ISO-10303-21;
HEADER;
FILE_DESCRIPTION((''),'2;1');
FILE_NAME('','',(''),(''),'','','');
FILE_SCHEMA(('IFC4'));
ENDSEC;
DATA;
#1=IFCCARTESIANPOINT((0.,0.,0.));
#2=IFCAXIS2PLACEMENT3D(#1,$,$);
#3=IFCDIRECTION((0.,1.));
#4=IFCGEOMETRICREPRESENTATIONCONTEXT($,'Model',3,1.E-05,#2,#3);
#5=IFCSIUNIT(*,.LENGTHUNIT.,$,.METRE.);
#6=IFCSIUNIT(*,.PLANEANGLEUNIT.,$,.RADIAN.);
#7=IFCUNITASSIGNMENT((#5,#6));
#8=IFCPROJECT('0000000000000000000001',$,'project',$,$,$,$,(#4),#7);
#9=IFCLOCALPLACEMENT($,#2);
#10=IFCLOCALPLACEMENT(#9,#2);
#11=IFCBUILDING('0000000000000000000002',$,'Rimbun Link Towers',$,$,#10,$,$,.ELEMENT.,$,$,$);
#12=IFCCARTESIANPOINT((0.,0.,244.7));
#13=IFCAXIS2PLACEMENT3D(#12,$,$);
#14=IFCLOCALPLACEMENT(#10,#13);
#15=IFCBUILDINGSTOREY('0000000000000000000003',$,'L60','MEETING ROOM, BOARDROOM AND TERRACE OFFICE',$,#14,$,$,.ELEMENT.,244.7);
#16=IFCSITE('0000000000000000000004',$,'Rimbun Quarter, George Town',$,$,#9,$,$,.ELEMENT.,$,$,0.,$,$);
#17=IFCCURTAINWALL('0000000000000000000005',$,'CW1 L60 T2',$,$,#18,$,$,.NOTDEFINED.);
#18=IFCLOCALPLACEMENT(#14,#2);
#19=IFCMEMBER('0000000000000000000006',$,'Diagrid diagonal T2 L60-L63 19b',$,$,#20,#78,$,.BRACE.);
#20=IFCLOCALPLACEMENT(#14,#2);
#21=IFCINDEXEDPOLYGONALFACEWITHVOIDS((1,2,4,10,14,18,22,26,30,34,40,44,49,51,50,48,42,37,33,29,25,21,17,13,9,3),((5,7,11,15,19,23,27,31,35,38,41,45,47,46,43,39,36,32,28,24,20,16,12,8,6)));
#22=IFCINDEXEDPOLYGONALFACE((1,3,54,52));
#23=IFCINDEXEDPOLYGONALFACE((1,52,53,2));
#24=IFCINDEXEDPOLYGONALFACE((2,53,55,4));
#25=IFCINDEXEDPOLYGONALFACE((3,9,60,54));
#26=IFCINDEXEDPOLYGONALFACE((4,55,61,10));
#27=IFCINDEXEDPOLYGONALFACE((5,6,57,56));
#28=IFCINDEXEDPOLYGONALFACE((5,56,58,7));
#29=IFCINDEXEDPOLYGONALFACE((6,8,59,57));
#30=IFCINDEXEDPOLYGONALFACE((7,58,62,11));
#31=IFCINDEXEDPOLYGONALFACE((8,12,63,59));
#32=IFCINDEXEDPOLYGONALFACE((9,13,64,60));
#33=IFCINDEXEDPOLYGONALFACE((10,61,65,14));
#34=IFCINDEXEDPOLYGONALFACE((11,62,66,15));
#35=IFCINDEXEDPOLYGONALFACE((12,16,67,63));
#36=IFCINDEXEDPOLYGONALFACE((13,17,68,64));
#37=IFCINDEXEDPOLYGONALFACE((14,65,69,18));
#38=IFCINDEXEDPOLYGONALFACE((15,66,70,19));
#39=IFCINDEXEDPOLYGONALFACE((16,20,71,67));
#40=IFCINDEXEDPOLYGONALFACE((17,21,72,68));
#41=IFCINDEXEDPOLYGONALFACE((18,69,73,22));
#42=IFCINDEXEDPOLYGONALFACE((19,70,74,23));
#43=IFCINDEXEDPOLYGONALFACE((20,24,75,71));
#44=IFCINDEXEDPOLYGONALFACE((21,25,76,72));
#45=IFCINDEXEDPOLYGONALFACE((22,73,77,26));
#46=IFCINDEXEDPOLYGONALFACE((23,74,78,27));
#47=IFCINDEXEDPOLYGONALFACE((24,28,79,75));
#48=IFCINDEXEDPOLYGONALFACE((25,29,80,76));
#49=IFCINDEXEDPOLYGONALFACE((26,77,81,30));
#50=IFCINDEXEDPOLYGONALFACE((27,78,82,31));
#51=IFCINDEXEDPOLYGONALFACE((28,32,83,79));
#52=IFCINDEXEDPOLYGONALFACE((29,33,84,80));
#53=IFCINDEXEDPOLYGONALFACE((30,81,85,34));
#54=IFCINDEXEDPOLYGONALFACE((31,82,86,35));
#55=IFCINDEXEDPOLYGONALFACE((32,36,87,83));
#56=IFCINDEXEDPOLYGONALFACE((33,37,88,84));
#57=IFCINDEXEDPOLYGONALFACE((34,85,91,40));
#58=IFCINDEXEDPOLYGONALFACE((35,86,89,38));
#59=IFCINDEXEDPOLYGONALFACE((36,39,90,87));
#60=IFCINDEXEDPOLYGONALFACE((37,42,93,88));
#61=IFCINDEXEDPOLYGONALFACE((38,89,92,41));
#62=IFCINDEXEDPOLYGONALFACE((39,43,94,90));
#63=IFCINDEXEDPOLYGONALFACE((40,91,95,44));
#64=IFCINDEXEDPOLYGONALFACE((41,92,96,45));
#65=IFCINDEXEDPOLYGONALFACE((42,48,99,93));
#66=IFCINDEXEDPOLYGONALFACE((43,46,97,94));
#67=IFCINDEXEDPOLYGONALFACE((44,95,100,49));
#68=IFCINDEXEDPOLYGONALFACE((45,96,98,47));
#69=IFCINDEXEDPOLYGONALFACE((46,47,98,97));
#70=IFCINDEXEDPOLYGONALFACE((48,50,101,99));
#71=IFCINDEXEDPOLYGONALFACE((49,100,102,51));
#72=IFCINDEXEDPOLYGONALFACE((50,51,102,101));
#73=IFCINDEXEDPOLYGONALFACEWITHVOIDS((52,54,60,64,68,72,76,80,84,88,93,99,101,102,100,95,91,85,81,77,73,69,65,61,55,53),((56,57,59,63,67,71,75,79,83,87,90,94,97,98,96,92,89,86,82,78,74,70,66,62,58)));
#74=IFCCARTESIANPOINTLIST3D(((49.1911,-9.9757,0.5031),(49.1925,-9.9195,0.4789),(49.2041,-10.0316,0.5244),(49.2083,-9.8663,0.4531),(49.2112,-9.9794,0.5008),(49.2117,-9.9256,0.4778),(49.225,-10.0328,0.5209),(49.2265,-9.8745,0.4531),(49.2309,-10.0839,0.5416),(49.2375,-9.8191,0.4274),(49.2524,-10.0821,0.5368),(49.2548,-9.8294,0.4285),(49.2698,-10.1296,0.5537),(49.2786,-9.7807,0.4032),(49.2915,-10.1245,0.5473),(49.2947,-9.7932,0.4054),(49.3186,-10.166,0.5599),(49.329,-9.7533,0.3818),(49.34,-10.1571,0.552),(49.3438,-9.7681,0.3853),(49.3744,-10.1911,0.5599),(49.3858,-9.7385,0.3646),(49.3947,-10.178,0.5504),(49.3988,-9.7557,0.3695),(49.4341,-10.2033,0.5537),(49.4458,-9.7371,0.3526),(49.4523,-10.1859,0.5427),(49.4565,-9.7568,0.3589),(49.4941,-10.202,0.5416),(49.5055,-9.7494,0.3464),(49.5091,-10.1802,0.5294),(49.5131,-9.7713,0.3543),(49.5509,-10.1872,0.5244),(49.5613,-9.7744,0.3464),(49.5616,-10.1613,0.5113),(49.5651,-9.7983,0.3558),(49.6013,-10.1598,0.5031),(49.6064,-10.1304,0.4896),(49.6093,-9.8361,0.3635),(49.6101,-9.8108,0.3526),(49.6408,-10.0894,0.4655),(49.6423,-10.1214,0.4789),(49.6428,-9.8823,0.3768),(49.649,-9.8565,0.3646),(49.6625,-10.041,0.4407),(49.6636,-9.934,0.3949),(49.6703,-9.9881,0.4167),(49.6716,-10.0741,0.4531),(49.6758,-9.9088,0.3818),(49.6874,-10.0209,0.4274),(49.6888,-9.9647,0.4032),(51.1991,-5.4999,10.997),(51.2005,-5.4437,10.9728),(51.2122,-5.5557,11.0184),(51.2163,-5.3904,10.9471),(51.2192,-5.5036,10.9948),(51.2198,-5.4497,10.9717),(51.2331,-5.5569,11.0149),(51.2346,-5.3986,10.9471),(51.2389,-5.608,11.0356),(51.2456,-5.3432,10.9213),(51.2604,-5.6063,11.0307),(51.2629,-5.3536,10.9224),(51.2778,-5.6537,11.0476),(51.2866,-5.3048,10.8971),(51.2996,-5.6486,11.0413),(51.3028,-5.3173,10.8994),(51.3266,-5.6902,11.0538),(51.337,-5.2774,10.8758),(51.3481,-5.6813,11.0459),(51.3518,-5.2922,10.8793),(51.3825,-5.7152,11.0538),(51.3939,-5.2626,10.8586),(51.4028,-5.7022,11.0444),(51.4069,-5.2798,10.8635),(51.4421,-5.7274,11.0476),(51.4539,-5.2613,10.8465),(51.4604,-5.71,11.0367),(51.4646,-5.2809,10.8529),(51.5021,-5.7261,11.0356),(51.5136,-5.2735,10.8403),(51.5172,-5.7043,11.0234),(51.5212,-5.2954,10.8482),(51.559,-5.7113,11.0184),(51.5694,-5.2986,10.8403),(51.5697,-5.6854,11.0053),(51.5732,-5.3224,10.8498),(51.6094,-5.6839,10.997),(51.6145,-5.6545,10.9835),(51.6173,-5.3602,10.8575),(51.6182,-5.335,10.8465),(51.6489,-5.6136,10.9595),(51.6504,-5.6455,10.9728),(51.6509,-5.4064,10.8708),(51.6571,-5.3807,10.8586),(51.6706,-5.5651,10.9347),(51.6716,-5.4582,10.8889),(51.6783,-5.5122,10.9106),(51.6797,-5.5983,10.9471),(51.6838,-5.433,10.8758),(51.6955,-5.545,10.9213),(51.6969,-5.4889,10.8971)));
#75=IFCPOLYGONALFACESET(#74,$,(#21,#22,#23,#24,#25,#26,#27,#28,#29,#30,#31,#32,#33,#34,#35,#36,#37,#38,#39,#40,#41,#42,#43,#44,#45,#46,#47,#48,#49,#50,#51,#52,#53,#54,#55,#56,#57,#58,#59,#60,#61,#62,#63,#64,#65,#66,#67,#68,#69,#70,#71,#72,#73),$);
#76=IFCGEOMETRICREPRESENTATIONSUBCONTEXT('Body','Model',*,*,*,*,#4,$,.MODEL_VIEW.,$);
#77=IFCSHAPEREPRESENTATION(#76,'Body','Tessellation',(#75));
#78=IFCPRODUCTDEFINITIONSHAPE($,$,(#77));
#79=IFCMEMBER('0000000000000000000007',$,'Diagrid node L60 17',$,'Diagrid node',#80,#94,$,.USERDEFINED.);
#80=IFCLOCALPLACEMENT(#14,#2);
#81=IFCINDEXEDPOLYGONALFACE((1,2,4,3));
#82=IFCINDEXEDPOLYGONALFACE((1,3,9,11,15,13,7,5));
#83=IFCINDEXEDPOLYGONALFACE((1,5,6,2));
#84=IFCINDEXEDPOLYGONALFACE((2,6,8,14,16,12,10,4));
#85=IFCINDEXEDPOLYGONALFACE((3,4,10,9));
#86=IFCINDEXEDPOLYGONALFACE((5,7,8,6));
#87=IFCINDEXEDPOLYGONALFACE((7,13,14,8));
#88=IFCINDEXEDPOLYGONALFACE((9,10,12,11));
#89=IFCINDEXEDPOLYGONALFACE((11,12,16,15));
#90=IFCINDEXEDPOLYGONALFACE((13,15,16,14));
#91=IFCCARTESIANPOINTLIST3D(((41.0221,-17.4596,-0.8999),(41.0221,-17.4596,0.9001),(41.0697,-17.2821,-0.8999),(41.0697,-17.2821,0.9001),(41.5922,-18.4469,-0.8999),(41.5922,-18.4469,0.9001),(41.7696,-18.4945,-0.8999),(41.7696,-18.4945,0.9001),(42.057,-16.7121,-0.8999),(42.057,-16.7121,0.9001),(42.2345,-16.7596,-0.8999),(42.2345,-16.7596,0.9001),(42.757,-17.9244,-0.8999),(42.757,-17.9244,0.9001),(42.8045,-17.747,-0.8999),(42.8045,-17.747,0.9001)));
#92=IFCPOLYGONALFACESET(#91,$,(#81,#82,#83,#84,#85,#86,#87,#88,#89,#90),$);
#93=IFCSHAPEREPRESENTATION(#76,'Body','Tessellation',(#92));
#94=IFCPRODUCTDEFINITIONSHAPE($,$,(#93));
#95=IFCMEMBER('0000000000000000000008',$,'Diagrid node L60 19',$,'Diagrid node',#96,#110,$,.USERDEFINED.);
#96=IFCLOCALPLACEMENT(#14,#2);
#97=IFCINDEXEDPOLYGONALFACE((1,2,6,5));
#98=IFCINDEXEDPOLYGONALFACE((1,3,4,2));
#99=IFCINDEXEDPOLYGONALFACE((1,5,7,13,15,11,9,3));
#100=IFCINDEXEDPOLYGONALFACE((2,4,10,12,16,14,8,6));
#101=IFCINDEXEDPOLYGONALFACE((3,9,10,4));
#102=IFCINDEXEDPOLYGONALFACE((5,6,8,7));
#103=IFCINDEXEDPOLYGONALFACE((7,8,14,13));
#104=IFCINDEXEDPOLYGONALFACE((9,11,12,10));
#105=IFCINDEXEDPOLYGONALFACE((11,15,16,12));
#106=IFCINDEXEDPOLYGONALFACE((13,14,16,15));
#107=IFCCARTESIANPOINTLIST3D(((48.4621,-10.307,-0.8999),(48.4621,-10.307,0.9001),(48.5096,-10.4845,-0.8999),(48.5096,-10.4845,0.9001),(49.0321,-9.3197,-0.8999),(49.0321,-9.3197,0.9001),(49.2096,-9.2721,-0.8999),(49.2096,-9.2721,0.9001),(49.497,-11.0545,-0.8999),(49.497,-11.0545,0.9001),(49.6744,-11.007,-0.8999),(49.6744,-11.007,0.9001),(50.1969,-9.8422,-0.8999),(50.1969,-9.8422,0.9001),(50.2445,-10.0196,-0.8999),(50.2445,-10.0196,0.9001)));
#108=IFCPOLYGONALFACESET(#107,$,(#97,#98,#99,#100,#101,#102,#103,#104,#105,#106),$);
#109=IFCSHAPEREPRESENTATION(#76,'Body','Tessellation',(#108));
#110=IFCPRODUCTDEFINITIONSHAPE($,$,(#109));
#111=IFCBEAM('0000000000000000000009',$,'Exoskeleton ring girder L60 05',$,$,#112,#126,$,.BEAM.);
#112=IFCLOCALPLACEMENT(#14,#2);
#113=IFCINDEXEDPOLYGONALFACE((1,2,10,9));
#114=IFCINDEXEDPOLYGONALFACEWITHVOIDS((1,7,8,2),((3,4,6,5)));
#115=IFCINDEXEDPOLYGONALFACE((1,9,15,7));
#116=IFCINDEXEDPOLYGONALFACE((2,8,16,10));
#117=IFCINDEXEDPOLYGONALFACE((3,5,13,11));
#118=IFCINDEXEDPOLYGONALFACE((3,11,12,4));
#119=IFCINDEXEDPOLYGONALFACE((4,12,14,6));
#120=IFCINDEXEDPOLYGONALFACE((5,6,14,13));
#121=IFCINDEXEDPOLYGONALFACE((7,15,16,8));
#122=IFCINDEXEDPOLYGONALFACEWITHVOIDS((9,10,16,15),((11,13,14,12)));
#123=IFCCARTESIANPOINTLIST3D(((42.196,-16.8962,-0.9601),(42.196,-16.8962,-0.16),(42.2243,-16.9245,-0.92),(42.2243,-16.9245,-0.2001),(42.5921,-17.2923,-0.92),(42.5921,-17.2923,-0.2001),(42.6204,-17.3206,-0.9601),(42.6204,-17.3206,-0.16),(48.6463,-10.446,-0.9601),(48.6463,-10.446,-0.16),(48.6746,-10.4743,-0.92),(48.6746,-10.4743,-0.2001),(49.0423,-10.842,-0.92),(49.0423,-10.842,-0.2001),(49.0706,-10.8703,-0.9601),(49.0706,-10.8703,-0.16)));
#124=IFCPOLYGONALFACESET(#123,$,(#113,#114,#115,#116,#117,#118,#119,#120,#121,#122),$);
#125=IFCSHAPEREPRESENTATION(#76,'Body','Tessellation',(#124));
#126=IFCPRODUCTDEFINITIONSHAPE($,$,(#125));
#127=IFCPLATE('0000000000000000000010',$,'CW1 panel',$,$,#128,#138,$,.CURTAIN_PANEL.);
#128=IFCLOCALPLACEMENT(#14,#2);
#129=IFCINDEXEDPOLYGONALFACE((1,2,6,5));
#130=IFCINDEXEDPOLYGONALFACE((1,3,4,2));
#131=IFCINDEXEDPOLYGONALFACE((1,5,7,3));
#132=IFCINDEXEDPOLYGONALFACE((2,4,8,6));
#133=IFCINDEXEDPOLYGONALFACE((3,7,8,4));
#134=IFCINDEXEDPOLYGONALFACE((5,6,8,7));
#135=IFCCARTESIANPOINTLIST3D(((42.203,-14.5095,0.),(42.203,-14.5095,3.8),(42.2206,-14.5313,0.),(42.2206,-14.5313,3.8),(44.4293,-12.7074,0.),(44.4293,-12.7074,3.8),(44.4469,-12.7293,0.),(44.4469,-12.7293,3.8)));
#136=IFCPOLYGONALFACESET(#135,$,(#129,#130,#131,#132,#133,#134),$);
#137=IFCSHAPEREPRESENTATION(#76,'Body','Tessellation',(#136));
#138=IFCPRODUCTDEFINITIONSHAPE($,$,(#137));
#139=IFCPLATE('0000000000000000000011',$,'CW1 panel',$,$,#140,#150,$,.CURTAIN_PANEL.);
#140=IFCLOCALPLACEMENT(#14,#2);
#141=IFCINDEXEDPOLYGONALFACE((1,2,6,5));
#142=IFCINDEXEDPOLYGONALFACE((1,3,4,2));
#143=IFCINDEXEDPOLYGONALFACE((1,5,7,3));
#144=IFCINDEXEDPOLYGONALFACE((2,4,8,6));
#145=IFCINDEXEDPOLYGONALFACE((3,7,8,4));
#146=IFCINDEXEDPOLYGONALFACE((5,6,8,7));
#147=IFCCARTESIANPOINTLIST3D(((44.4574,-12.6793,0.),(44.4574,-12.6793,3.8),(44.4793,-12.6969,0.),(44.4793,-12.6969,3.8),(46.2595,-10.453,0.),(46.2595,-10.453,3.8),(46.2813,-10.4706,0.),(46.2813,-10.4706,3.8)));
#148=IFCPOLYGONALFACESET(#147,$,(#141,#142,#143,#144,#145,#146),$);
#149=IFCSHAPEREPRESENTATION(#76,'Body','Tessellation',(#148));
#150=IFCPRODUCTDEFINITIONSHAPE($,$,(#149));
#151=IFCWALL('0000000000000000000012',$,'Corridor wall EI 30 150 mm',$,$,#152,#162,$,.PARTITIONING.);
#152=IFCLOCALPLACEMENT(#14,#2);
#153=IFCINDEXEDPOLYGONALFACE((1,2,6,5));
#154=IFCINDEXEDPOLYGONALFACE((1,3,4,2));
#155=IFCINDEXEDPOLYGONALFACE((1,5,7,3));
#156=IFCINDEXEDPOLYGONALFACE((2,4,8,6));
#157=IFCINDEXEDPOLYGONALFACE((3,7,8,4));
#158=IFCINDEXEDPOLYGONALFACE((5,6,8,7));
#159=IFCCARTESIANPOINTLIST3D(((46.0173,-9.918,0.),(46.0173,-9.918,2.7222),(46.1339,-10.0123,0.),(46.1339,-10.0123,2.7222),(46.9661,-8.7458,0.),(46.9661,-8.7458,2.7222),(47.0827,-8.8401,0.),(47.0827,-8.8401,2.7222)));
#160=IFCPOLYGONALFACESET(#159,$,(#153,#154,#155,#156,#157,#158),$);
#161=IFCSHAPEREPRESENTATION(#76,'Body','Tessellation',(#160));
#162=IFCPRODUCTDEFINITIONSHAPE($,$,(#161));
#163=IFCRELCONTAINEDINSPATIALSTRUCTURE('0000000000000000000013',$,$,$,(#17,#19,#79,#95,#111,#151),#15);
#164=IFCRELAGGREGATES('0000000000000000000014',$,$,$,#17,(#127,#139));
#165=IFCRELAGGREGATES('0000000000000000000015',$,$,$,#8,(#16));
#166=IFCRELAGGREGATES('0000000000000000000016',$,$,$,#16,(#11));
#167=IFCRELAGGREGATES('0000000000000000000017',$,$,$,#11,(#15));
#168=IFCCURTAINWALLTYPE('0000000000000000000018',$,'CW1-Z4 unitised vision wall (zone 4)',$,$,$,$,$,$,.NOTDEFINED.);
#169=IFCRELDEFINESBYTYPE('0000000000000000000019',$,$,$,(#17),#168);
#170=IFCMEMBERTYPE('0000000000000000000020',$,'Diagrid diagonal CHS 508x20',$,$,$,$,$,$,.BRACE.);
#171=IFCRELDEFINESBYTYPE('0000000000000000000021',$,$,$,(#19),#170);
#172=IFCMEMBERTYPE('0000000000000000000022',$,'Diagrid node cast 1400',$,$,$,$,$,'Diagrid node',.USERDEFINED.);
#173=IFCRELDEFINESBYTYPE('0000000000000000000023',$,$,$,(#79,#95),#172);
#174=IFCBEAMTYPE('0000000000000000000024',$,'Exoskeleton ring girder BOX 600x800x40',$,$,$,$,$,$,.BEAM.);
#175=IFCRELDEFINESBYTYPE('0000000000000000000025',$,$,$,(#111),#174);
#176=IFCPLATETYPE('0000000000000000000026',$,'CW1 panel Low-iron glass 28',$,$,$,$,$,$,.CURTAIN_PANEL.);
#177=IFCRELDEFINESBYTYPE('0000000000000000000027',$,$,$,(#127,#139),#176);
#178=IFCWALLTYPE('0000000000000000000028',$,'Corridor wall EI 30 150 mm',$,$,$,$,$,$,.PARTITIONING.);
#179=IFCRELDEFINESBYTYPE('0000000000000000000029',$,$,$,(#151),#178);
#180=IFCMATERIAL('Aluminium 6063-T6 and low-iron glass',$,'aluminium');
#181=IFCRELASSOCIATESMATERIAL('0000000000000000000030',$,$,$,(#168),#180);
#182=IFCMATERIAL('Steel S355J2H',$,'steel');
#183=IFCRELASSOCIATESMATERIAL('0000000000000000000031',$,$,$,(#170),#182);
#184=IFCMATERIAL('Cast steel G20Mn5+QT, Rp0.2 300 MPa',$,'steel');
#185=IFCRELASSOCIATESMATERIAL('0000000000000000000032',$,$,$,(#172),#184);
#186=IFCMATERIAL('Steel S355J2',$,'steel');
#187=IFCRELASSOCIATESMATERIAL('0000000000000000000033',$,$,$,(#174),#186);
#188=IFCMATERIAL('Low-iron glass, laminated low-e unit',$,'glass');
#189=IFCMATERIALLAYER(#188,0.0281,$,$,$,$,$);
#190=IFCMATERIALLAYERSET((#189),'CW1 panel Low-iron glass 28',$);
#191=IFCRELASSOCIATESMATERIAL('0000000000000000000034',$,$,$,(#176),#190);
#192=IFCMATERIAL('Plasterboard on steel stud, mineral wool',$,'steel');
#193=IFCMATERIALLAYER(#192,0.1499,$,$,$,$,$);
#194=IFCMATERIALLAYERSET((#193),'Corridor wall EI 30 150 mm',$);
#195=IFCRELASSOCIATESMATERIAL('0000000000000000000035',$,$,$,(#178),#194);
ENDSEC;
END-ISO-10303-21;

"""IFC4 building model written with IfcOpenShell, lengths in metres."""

from ifc_helpers import new_model, si_unit, direction, frame, frame_2d, origin, origin_2d, place, context, subcontext, project, spatial, polyline, rectangle, hollow_rectangle, hollow_circle, outline, extrude, material, layer, layer_set, material_profile, profile_set, type_object, element, aggregate, save


model = new_model("IFC4")

# Units and contexts
model_context = context("Model", 3, precision=1e-05, world=origin(), true_north=direction((0.0, 1.0)))
body_context = subcontext(model_context, "Body", "Model", "MODEL_VIEW")
ifc_project = project(units=[si_unit("LENGTHUNIT", "METRE"), si_unit("PLANEANGLEUNIT", "RADIAN")], contexts=[model_context])

# Site, building, storey
site_placement = place(None, origin())
site = spatial("IfcSite", under=ifc_project, at=site_placement, Name="Rimbun Quarter, George Town", CompositionType="ELEMENT", RefElevation=0.0)
building_placement = place(site_placement, origin())
building = spatial("IfcBuilding", under=site, at=building_placement, Name="Rimbun Link Towers", CompositionType="ELEMENT")
storey_placement = place(building_placement, frame((0.0, 0.0, 244.7)))
storey = spatial("IfcBuildingStorey", under=building, at=storey_placement, Name="L60", Description="MEETING ROOM, BOARDROOM AND TERRACE OFFICE", CompositionType="ELEMENT", Elevation=244.7)

# Curtain wall
ifc_material_1 = material(Name="Aluminium 6063-T6 and low-iron glass", Category="aluminium")
curtain_wall_type = type_object("IfcCurtainWallType", Name="CW1-Z4 unitised vision wall (zone 4)", PredefinedType="NOTDEFINED", material=ifc_material_1)
curtain_wall_placement = place(storey_placement, origin())
curtain_wall = element("IfcCurtainWall", 1, at=curtain_wall_placement, inside=storey, type_object=curtain_wall_type, Name="CW1 L60 T2", PredefinedType="NOTDEFINED")

# Members
ifc_material_2 = material(Name="Steel S355J2H", Category="steel")
ifc_material_profile_1 = material_profile(ifc_material_2, hollow_circle(Radius=0.2539, WallThickness=0.02, at=origin_2d()), Name="Diagrid diagonal CHS 508x20")
ifc_profile_set_1 = profile_set([ifc_material_profile_1], Name="Steel S355J2H")
member_type_1 = type_object("IfcMemberType", Name="Diagrid diagonal CHS 508x20", PredefinedType="BRACE", material=ifc_profile_set_1)
member_1_placement = place(storey_placement, frame((49.4399, -9.9702, 0.4531), z_axis=(0.173349, 0.386383, 0.905902), x_axis=(-0.912384, 0.409336, 0.0)))
element("IfcMember", 2, at=member_1_placement, inside=storey, type_object=member_type_1, Name="Diagrid diagonal T2 L60-L63 19b", PredefinedType="BRACE", context=body_context, shape_type="SweptSolid", body=[
    extrude(hollow_circle(Radius=0.2539, WallThickness=0.02, at=origin_2d()), origin(), (0.0, 0.0, 1.0), 11.584),
])
ifc_material_3 = material(Name="Cast steel G20Mn5+QT, Rp0.2 300 MPa", Category="steel")
ifc_material_profile_2 = material_profile(ifc_material_3, outline(polyline([(0.7, -0.5701), (0.7, 0.5701), (0.5701, 0.7), (-0.5701, 0.7), (-0.7, 0.5701), (-0.7, -0.5701), (-0.5701, -0.7), (0.5701, -0.7), (0.7, -0.5701)])), Name="NODE 1400x1400")
ifc_profile_set_2 = profile_set([ifc_material_profile_2], Name="Cast steel G20Mn5+QT, Rp0.2 300 MPa")
member_type_2 = type_object("IfcMemberType", Name="Diagrid node cast 1400", ElementType="Diagrid node", PredefinedType="USERDEFINED", material=ifc_profile_set_2)
for number, where, z_axis, x_axis, name in (
    (3, (41.9133, -17.6033, -0.8999), (0.0, 0.0, 1.0), (0.5, -0.866025, 0.0), "Diagrid node L60 17"),
    (4, (49.3533, -10.1633, -0.8999), (0.0, 0.0, 1.0), (0.866025, -0.5, 0.0), "Diagrid node L60 19"),
):
    element("IfcMember", number, at=place(storey_placement, frame(where, z_axis=z_axis, x_axis=x_axis)), inside=storey, type_object=member_type_2, Name=name, ObjectType="Diagrid node", PredefinedType="USERDEFINED", context=body_context, shape_type="SweptSolid", body=[
        extrude(outline(polyline([(0.7, -0.5701), (0.7, 0.5701), (0.5701, 0.7), (-0.5701, 0.7), (-0.7, 0.5701), (-0.7, -0.5701), (-0.5701, -0.7), (0.5701, -0.7), (0.7, -0.5701)])), origin(), (0.0, 0.0, 1.0), 1.8),
    ])

# Beam
ifc_material_4 = material(Name="Steel S355J2", Category="steel")
ifc_material_profile_3 = material_profile(ifc_material_4, hollow_rectangle(XDim=0.6001, YDim=0.8, WallThickness=0.04, at=origin_2d()), Name="Exoskeleton ring girder BOX 600x800x40")
ifc_profile_set_3 = profile_set([ifc_material_profile_3], Name="Steel S355J2")
beam_type = type_object("IfcBeamType", Name="Exoskeleton ring girder BOX 600x800x40", PredefinedType="BEAM", material=ifc_profile_set_3)
beam_placement = place(storey_placement, frame((42.4082, -17.1084, -0.5601), z_axis=(0.707107, 0.707107, 0.0), x_axis=(-0.707107, 0.707107, 0.0)))
element("IfcBeam", 5, at=beam_placement, inside=storey, type_object=beam_type, Name="Exoskeleton ring girder L60 05", PredefinedType="BEAM", context=body_context, shape_type="SweptSolid", body=[
    extrude(hollow_rectangle(XDim=0.6001, YDim=0.8, WallThickness=0.04, at=origin_2d()), origin(), (0.0, 0.0, 1.0), 9.1221),
])

# Plates
ifc_material_5 = material(Name="Low-iron glass, laminated low-e unit", Category="glass")
ifc_layer_1 = layer(ifc_material_5, 0.0281)
ifc_layer_set_1 = layer_set([ifc_layer_1], Name="CW1 panel Low-iron glass 28")
plate_type = type_object("IfcPlateType", Name="CW1 panel Low-iron glass 28", PredefinedType="CURTAIN_PANEL", material=ifc_layer_set_1)
plate_1_placement = place(storey_placement, frame((43.325, -13.6194, 0.0), z_axis=(0.0, 0.0, 1.0), x_axis=(-0.777277, -0.629159, 0.0)))
plate_1 = element("IfcPlate", 6, at=plate_1_placement, type_object=plate_type, Name="CW1 panel", PredefinedType="CURTAIN_PANEL", context=body_context, shape_type="SweptSolid", body=[
    extrude(rectangle(XDim=2.8643, YDim=0.0281, at=origin_2d()), origin(), (0.0, 0.0, 1.0), 3.8),
])
plate_2_placement = place(storey_placement, frame((45.3694, -11.575, 0.0), z_axis=(0.0, 0.0, 1.0), x_axis=(-0.629159, -0.777277, 0.0)))
plate_2 = element("IfcPlate", 7, at=plate_2_placement, type_object=plate_type, Name="CW1 panel", PredefinedType="CURTAIN_PANEL", context=body_context, shape_type="SweptSolid", body=[
    extrude(rectangle(XDim=2.8643, YDim=0.0281, at=origin_2d()), origin(), (0.0, 0.0, 1.0), 3.8),
])
aggregate(curtain_wall, [plate_1, plate_2])

# Wall
ifc_material_6 = material(Name="Plasterboard on steel stud, mineral wool", Category="steel")
ifc_layer_2 = layer(ifc_material_6, 0.1499)
ifc_layer_set_2 = layer_set([ifc_layer_2], Name="Corridor wall EI 30 150 mm")
wall_type = type_object("IfcWallType", Name="Corridor wall EI 30 150 mm", PredefinedType="PARTITIONING", material=ifc_layer_set_2)
wall_placement = place(storey_placement, frame((46.0757, -9.9651, 0.0), z_axis=(0.0, 0.0, 1.0), x_axis=(0.629147, 0.777286, 0.0)))
element("IfcWall", 8, at=wall_placement, inside=storey, type_object=wall_type, Name="Corridor wall EI 30 150 mm", PredefinedType="PARTITIONING", context=body_context, shape_type="SweptSolid", body=[
    extrude(rectangle(XDim=1.5081, YDim=0.1499, at=frame_2d((0.7539, 0.0))), origin(), (0.0, 0.0, 1.0), 2.7222),
])

save(model, "model.ifc")
